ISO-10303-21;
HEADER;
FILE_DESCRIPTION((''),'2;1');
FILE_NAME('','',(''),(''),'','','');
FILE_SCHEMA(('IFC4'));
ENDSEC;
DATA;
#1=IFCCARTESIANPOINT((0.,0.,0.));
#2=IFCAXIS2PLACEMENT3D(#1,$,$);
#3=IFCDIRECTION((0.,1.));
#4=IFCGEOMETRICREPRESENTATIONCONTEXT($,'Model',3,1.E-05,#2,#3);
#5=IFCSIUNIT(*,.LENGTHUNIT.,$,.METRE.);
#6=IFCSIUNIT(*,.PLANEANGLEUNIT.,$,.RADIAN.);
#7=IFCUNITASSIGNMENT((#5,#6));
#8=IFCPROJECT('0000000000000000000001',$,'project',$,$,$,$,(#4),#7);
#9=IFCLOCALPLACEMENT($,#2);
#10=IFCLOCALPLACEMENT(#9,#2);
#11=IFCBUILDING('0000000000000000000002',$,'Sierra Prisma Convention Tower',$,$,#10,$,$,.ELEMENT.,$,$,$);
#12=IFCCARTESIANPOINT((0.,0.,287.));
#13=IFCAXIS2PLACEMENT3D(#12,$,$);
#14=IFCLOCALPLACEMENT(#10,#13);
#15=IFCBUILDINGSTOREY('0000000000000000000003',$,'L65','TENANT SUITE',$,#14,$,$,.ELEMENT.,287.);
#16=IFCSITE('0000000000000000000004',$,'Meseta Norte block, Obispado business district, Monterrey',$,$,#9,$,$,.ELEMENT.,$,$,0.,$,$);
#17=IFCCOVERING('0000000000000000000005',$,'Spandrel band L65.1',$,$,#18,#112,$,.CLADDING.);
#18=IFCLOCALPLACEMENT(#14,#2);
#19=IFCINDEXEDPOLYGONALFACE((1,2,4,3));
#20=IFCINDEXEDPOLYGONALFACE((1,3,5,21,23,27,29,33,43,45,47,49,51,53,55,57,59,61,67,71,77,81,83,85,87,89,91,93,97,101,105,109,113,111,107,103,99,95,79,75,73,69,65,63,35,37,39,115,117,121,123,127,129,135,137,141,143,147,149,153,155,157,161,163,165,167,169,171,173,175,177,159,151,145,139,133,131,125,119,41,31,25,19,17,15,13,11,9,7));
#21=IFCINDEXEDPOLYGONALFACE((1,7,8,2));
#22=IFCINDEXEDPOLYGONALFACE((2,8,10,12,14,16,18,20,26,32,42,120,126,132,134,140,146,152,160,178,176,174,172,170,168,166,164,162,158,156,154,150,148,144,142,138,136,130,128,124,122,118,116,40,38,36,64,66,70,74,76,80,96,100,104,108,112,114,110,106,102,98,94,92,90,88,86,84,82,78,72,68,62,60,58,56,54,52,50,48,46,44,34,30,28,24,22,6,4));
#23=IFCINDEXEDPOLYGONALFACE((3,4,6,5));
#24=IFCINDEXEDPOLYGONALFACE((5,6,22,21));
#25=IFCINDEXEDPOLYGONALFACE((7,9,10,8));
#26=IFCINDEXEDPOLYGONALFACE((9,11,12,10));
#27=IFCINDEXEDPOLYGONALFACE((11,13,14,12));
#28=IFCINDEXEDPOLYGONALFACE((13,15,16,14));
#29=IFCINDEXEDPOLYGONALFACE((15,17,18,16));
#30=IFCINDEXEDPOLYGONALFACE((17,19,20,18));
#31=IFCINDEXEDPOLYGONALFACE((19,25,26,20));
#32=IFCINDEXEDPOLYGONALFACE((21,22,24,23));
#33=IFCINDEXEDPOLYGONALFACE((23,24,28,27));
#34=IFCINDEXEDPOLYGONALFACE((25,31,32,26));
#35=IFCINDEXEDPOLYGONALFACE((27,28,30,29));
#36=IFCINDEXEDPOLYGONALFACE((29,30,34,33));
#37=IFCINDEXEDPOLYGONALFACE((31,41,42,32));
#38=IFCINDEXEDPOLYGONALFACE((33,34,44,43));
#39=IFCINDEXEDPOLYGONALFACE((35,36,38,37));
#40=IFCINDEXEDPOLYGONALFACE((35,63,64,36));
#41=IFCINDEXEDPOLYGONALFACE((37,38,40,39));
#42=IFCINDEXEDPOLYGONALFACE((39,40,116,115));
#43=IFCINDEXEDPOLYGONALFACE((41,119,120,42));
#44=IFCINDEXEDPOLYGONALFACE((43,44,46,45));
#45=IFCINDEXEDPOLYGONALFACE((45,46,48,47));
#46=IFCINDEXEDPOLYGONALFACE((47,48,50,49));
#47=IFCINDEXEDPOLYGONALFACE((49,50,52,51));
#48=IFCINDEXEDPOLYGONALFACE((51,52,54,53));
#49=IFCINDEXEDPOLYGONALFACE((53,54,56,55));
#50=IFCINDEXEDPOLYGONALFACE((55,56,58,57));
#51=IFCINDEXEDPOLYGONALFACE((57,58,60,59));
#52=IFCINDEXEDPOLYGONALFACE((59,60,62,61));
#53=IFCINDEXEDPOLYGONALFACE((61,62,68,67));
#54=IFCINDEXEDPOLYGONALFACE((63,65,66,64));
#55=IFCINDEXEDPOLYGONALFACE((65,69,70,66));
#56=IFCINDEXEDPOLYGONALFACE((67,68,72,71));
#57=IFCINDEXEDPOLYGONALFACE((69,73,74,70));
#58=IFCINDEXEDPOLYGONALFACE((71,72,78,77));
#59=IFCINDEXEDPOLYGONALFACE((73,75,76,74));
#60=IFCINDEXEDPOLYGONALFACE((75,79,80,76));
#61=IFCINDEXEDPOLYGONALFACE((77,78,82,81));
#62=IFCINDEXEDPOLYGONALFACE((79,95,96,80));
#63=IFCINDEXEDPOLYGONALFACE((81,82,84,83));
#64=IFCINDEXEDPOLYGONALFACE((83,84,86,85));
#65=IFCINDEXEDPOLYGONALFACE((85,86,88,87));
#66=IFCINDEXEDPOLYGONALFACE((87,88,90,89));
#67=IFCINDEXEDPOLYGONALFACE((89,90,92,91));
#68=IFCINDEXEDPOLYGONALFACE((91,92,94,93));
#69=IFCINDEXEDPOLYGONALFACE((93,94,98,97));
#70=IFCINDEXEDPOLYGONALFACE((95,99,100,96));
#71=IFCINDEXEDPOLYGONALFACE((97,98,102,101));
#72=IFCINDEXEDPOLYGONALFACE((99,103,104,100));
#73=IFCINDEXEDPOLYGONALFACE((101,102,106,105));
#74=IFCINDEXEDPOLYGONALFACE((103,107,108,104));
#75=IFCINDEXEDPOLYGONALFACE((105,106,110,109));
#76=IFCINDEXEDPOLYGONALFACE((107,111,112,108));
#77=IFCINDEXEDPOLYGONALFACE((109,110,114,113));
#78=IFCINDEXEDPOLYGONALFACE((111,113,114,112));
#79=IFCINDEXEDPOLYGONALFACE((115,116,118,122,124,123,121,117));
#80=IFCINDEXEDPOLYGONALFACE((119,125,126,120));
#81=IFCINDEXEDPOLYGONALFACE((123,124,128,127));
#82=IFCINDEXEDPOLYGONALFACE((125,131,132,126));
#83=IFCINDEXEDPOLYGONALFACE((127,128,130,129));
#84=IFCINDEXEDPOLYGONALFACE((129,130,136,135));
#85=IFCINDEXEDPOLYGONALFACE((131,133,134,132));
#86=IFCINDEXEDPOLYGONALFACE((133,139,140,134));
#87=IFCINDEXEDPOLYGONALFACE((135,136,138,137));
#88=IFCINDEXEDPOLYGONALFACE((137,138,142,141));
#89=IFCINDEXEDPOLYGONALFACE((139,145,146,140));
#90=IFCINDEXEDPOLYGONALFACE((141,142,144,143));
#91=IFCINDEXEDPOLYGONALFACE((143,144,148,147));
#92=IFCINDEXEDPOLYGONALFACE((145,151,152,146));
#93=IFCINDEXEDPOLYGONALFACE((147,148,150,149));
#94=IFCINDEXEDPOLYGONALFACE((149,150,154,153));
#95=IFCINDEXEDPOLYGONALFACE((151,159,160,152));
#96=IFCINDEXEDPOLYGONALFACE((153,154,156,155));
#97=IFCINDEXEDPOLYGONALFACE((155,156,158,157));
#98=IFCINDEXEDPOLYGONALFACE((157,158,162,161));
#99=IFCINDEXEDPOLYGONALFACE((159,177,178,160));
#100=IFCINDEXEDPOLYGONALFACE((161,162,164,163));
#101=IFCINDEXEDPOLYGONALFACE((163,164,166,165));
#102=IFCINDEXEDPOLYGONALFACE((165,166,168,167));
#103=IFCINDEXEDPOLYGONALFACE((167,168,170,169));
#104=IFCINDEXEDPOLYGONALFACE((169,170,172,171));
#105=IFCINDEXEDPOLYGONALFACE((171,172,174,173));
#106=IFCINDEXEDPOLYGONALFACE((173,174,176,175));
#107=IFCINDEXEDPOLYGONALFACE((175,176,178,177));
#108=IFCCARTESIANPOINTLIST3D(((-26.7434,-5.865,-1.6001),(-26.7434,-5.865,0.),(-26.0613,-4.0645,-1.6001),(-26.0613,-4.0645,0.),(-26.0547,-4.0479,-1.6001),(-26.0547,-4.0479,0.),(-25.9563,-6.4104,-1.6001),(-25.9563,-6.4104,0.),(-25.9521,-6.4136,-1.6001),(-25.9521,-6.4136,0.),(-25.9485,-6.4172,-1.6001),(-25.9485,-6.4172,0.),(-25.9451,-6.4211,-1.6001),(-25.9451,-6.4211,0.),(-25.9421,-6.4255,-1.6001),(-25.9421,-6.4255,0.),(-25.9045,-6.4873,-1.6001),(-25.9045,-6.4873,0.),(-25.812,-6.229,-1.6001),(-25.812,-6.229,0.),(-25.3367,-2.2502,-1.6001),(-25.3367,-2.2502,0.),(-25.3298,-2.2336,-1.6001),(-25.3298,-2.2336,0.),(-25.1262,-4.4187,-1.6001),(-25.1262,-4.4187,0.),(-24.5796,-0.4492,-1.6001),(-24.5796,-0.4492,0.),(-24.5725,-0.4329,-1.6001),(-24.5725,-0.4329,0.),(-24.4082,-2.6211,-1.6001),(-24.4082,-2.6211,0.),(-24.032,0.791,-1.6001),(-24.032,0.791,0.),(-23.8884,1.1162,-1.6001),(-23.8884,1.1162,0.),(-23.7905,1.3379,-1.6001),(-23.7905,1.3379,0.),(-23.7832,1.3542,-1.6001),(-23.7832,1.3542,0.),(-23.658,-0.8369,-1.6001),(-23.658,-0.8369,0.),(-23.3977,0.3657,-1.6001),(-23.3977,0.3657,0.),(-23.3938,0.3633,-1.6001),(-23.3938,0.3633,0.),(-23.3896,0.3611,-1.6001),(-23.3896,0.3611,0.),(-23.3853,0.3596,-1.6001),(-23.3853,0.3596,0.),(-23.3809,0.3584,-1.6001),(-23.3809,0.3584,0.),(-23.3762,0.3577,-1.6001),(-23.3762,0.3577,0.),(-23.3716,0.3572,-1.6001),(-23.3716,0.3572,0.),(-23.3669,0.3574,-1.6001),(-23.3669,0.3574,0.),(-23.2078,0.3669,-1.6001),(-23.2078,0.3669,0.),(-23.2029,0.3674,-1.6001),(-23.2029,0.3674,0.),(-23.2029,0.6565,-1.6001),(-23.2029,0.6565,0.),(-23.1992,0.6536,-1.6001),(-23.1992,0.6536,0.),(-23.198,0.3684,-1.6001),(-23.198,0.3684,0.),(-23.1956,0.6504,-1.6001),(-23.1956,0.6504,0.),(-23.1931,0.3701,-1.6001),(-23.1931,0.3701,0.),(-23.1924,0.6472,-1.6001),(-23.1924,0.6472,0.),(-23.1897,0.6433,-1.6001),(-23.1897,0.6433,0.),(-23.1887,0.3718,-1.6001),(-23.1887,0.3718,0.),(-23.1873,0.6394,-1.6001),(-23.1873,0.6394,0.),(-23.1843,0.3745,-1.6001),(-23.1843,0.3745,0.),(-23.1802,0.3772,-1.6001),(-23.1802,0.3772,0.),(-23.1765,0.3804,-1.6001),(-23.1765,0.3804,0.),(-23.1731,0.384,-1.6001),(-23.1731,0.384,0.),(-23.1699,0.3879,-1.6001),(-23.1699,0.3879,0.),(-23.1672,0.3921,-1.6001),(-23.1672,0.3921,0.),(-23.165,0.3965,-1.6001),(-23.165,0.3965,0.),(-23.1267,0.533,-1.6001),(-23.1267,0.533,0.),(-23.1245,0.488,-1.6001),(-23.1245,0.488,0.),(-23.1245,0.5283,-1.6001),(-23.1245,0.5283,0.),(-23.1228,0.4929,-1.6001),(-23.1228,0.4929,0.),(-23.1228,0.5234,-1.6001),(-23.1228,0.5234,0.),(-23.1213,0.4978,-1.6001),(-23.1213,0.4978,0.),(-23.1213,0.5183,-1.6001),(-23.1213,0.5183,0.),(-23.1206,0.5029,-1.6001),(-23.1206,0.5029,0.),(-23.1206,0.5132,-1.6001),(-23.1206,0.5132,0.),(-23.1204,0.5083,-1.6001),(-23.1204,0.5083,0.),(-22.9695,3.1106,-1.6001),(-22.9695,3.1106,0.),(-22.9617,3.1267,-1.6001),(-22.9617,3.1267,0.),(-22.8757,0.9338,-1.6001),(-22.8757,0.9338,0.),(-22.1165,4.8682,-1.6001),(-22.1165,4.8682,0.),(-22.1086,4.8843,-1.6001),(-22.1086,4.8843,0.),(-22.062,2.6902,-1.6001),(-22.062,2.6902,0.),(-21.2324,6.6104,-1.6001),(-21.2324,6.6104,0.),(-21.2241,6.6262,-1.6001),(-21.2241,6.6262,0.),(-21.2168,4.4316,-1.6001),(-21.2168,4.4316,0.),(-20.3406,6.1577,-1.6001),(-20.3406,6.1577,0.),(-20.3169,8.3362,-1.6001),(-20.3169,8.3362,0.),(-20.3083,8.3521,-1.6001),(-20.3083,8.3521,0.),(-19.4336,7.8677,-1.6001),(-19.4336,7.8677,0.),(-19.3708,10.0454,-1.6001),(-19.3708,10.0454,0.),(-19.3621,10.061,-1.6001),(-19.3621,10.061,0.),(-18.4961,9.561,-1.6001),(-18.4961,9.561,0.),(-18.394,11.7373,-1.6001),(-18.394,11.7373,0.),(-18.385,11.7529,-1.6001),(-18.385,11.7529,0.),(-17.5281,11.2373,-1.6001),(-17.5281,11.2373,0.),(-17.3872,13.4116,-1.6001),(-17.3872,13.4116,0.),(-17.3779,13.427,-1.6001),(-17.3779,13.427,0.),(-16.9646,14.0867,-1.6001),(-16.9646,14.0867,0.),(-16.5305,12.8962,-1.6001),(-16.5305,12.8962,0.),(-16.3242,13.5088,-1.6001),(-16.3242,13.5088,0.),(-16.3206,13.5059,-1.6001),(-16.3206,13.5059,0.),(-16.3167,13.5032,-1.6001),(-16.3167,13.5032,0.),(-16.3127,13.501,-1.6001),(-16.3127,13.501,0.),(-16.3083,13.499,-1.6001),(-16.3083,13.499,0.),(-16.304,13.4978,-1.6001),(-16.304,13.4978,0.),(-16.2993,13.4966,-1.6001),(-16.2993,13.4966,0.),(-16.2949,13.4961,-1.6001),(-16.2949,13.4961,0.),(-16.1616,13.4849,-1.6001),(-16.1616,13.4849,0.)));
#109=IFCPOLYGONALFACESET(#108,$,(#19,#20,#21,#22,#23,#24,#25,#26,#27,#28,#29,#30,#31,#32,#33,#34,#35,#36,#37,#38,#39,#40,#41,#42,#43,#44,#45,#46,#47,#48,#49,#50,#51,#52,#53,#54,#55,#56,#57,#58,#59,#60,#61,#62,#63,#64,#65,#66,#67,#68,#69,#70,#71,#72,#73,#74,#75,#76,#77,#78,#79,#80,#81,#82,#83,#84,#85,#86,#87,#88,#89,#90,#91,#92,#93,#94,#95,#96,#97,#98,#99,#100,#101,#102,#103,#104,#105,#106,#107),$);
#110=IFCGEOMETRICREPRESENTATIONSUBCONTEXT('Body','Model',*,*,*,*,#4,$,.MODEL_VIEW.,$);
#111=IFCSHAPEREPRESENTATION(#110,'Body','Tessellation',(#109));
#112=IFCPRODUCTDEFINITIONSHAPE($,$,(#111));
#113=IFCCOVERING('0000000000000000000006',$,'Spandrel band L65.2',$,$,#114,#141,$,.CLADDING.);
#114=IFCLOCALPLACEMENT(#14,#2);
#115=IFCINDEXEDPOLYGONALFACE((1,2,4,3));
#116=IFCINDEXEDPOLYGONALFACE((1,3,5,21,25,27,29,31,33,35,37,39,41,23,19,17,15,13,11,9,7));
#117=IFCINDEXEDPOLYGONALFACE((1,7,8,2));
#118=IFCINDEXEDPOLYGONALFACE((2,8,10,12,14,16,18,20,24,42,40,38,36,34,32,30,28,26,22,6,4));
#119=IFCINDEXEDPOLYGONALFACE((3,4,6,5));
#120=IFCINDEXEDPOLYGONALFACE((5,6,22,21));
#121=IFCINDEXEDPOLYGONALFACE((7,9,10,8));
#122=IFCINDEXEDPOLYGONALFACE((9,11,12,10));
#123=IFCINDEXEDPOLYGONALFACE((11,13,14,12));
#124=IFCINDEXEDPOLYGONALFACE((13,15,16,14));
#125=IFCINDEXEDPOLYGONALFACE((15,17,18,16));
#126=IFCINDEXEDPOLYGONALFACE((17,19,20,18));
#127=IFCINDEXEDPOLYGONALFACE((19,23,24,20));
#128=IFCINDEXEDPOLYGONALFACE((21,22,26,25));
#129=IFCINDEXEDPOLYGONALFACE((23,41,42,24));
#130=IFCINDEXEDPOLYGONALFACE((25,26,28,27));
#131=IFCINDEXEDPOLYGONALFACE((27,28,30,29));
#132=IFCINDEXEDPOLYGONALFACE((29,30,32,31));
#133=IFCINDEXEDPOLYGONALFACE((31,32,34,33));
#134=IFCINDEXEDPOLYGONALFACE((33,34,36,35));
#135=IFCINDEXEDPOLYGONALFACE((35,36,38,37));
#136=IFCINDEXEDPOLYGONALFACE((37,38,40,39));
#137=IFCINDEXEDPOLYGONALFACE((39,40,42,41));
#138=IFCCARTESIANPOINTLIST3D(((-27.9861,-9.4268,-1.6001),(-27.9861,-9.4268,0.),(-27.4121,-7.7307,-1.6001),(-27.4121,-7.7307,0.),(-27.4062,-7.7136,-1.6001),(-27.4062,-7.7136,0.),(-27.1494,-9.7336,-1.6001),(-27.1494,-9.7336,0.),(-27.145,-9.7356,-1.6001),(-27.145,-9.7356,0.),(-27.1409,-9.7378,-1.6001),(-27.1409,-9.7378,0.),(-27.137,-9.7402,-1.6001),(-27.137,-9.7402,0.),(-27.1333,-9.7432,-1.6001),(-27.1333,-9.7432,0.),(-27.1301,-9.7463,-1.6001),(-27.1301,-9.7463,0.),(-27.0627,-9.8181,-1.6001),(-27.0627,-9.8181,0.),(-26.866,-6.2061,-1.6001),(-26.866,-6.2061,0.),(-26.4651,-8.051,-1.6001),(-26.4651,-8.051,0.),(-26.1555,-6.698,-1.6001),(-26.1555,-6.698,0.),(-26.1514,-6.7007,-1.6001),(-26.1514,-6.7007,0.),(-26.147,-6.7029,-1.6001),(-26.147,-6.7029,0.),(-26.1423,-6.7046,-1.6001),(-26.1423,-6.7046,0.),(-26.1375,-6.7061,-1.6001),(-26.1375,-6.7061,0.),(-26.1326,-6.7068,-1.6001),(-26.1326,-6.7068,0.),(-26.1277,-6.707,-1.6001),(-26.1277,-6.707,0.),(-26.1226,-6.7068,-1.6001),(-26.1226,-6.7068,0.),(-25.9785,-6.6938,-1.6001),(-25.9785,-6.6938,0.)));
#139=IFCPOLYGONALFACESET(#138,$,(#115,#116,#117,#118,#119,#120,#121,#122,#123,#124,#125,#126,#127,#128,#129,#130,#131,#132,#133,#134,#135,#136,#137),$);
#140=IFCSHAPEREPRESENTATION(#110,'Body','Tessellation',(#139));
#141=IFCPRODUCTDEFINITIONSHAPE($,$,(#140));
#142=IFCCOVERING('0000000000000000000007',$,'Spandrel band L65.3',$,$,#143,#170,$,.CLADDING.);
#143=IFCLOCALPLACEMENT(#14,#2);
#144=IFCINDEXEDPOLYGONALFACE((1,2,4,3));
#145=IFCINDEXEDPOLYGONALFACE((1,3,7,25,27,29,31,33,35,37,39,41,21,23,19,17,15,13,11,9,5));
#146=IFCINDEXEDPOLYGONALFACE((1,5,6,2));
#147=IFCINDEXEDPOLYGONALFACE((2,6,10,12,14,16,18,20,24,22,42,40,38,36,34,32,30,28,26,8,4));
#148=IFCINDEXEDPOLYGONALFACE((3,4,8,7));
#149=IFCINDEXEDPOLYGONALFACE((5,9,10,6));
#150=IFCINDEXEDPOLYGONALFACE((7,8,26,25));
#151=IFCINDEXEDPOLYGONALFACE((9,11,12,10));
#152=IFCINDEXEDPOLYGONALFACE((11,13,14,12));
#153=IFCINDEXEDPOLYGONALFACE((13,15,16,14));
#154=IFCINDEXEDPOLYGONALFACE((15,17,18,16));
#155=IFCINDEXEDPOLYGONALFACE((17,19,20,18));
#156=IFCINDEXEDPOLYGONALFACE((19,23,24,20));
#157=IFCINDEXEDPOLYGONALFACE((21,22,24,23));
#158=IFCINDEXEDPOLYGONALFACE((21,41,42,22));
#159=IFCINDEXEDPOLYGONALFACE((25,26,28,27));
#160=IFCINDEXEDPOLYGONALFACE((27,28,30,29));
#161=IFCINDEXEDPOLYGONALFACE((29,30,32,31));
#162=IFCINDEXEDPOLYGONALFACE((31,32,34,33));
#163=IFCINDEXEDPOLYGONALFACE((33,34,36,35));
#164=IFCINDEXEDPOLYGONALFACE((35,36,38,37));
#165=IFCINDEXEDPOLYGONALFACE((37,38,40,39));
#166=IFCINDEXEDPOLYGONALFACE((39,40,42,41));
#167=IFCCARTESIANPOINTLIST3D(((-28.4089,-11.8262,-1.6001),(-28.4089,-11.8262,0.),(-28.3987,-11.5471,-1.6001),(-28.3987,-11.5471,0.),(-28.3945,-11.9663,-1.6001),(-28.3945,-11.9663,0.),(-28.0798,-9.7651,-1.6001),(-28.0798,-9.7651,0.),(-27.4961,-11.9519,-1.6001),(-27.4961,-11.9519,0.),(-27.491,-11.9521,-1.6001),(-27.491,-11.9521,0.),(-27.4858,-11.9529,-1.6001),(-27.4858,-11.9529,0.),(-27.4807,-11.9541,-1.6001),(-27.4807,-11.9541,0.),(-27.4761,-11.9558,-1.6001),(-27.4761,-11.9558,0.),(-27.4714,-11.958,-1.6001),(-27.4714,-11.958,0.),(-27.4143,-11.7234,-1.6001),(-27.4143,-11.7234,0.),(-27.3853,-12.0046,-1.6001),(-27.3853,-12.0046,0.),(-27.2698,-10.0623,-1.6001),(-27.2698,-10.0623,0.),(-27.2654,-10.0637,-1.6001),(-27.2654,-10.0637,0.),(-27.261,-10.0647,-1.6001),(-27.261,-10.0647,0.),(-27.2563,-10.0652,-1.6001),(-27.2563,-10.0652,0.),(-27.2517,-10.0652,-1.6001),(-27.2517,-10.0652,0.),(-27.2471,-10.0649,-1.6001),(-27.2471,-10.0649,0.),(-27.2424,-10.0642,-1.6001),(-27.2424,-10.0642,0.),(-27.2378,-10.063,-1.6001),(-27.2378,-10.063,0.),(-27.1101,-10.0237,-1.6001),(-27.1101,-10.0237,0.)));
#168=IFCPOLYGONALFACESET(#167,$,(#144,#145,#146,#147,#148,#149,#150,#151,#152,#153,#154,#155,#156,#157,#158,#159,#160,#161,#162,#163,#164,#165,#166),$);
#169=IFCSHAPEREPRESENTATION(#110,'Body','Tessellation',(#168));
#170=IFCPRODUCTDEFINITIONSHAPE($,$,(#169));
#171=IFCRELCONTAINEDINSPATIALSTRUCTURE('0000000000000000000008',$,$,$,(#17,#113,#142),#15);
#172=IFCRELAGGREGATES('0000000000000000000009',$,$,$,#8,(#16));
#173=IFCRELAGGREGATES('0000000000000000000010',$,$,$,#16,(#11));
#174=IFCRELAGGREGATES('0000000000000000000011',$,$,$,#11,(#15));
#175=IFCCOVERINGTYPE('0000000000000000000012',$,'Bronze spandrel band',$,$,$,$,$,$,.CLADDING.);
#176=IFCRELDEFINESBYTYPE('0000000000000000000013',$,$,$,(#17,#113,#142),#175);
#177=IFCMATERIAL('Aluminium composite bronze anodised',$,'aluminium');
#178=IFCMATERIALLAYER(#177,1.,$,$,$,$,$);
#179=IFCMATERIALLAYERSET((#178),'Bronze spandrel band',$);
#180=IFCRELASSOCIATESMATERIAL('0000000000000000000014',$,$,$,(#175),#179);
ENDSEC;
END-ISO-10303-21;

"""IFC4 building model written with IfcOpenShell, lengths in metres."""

from ifc_helpers import new_model, si_unit, direction, frame, origin, place, context, subcontext, project, spatial, polyline, outline, extrude, material, layer, layer_set, type_object, element, save


model = new_model("IFC4")

# Units and contexts
model_context = context("Model", 3, precision=1e-05, world=origin(), true_north=direction((0.0, 1.0)))
body_context = subcontext(model_context, "Body", "Model", "MODEL_VIEW")
ifc_project = project(units=[si_unit("LENGTHUNIT", "METRE"), si_unit("PLANEANGLEUNIT", "RADIAN")], contexts=[model_context])

# Site, building, storey
site_placement = place(None, origin())
site = spatial("IfcSite", under=ifc_project, at=site_placement, Name="Meseta Norte block, Obispado business district, Monterrey", CompositionType="ELEMENT", RefElevation=0.0)
building_placement = place(site_placement, origin())
building = spatial("IfcBuilding", under=site, at=building_placement, Name="Sierra Prisma Convention Tower", CompositionType="ELEMENT")
storey_placement = place(building_placement, frame((0.0, 0.0, 287.0)))
storey = spatial("IfcBuildingStorey", under=building, at=storey_placement, Name="L65", Description="TENANT SUITE", CompositionType="ELEMENT", Elevation=287.0)

# Coverings
ifc_material_1 = material(Name="Aluminium composite bronze anodised", Category="aluminium")
ifc_layer_1 = layer(ifc_material_1, 1.0)
ifc_layer_set_1 = layer_set([ifc_layer_1], Name="Bronze spandrel band")
covering_type = type_object("IfcCoveringType", Name="Bronze spandrel band", PredefinedType="CLADDING", material=ifc_layer_set_1)
covering_1_placement = place(storey_placement, frame((0.0, 0.0, -1.6001)))
element("IfcCovering", 1, at=covering_1_placement, inside=storey, type_object=covering_type, Name="Spandrel band L65.1", PredefinedType="CLADDING", context=body_context, shape_type="SweptSolid", body=[
    extrude(outline(polyline([(-23.3716, 0.3572), (-23.3669, 0.3574), (-23.2078, 0.3669), (-23.2029, 0.3674), (-23.198, 0.3684), (-23.1931, 0.3701), (-23.1887, 0.3718), (-23.1843, 0.3745), (-23.1802, 0.3772), (-23.1765, 0.3804), (-23.1731, 0.384), (-23.1699, 0.3879), (-23.1672, 0.3921), (-23.165, 0.3965), (-23.1245, 0.488), (-23.1228, 0.4929), (-23.1213, 0.4978), (-23.1206, 0.5029), (-23.1204, 0.5083), (-23.1206, 0.5132), (-23.1213, 0.5183), (-23.1228, 0.5234), (-23.1245, 0.5283), (-23.1267, 0.533), (-23.1873, 0.6394), (-23.1897, 0.6433), (-23.1924, 0.6472), (-23.1956, 0.6504), (-23.1992, 0.6536), (-23.2029, 0.6565), (-23.8884, 1.1162), (-23.7905, 1.3379), (-23.7832, 1.3542), (-22.9695, 3.1106), (-22.9617, 3.1267), (-22.1165, 4.8682), (-22.1086, 4.8843), (-21.2324, 6.6104), (-21.2241, 6.6262), (-20.3169, 8.3362), (-20.3083, 8.3521), (-19.3708, 10.0454), (-19.3621, 10.061), (-18.394, 11.7373), (-18.385, 11.7529), (-17.3872, 13.4116), (-17.3779, 13.427), (-16.9646, 14.0867), (-16.3242, 13.5088), (-16.3206, 13.5059), (-16.3167, 13.5032), (-16.3127, 13.501), (-16.3083, 13.499), (-16.304, 13.4978), (-16.2993, 13.4966), (-16.2949, 13.4961), (-16.1616, 13.4849), (-16.5305, 12.8962), (-17.5281, 11.2373), (-18.4961, 9.561), (-19.4336, 7.8677), (-20.3406, 6.1577), (-21.2168, 4.4316), (-22.062, 2.6902), (-22.8757, 0.9338), (-23.658, -0.8369), (-24.4082, -2.6211), (-25.1262, -4.4187), (-25.812, -6.229), (-25.9045, -6.4873), (-25.9421, -6.4255), (-25.9451, -6.4211), (-25.9485, -6.4172), (-25.9521, -6.4136), (-25.9563, -6.4104), (-26.7434, -5.865), (-26.0613, -4.0645), (-26.0547, -4.0479), (-25.3367, -2.2502), (-25.3298, -2.2336), (-24.5796, -0.4492), (-24.5725, -0.4329), (-24.032, 0.791), (-23.3977, 0.3657), (-23.3938, 0.3633), (-23.3896, 0.3611), (-23.3853, 0.3596), (-23.3809, 0.3584), (-23.3762, 0.3577), (-23.3716, 0.3572)])), origin(), (0.0, 0.0, 1.0), 1.6001),
])
covering_2_placement = place(storey_placement, frame((0.0, 0.0, -1.6001)))
element("IfcCovering", 2, at=covering_2_placement, inside=storey, type_object=covering_type, Name="Spandrel band L65.2", PredefinedType="CLADDING", context=body_context, shape_type="SweptSolid", body=[
    extrude(outline(polyline([(-27.145, -9.7356), (-27.1494, -9.7336), (-27.9861, -9.4268), (-27.4121, -7.7307), (-27.4062, -7.7136), (-26.866, -6.2061), (-26.1555, -6.698), (-26.1514, -6.7007), (-26.147, -6.7029), (-26.1423, -6.7046), (-26.1375, -6.7061), (-26.1326, -6.7068), (-26.1277, -6.707), (-26.1226, -6.7068), (-25.9785, -6.6938), (-26.4651, -8.051), (-27.0627, -9.8181), (-27.1301, -9.7463), (-27.1333, -9.7432), (-27.137, -9.7402), (-27.1409, -9.7378), (-27.145, -9.7356)])), origin(), (0.0, 0.0, 1.0), 1.6001),
])
covering_3_placement = place(storey_placement, frame((0.0, 0.0, -1.6001)))
element("IfcCovering", 3, at=covering_3_placement, inside=storey, type_object=covering_type, Name="Spandrel band L65.3", PredefinedType="CLADDING", context=body_context, shape_type="SweptSolid", body=[
    extrude(outline(polyline([(-27.4858, -11.9529), (-27.491, -11.9521), (-27.4961, -11.9519), (-28.3945, -11.9663), (-28.4089, -11.8262), (-28.3987, -11.5471), (-28.0798, -9.7651), (-27.2698, -10.0623), (-27.2654, -10.0637), (-27.261, -10.0647), (-27.2563, -10.0652), (-27.2517, -10.0652), (-27.2471, -10.0649), (-27.2424, -10.0642), (-27.2378, -10.063), (-27.1101, -10.0237), (-27.4143, -11.7234), (-27.3853, -12.0046), (-27.4714, -11.958), (-27.4761, -11.9558), (-27.4807, -11.9541), (-27.4858, -11.9529)])), origin(), (0.0, 0.0, 1.0), 1.6001),
])

save(model, "model.ifc")
